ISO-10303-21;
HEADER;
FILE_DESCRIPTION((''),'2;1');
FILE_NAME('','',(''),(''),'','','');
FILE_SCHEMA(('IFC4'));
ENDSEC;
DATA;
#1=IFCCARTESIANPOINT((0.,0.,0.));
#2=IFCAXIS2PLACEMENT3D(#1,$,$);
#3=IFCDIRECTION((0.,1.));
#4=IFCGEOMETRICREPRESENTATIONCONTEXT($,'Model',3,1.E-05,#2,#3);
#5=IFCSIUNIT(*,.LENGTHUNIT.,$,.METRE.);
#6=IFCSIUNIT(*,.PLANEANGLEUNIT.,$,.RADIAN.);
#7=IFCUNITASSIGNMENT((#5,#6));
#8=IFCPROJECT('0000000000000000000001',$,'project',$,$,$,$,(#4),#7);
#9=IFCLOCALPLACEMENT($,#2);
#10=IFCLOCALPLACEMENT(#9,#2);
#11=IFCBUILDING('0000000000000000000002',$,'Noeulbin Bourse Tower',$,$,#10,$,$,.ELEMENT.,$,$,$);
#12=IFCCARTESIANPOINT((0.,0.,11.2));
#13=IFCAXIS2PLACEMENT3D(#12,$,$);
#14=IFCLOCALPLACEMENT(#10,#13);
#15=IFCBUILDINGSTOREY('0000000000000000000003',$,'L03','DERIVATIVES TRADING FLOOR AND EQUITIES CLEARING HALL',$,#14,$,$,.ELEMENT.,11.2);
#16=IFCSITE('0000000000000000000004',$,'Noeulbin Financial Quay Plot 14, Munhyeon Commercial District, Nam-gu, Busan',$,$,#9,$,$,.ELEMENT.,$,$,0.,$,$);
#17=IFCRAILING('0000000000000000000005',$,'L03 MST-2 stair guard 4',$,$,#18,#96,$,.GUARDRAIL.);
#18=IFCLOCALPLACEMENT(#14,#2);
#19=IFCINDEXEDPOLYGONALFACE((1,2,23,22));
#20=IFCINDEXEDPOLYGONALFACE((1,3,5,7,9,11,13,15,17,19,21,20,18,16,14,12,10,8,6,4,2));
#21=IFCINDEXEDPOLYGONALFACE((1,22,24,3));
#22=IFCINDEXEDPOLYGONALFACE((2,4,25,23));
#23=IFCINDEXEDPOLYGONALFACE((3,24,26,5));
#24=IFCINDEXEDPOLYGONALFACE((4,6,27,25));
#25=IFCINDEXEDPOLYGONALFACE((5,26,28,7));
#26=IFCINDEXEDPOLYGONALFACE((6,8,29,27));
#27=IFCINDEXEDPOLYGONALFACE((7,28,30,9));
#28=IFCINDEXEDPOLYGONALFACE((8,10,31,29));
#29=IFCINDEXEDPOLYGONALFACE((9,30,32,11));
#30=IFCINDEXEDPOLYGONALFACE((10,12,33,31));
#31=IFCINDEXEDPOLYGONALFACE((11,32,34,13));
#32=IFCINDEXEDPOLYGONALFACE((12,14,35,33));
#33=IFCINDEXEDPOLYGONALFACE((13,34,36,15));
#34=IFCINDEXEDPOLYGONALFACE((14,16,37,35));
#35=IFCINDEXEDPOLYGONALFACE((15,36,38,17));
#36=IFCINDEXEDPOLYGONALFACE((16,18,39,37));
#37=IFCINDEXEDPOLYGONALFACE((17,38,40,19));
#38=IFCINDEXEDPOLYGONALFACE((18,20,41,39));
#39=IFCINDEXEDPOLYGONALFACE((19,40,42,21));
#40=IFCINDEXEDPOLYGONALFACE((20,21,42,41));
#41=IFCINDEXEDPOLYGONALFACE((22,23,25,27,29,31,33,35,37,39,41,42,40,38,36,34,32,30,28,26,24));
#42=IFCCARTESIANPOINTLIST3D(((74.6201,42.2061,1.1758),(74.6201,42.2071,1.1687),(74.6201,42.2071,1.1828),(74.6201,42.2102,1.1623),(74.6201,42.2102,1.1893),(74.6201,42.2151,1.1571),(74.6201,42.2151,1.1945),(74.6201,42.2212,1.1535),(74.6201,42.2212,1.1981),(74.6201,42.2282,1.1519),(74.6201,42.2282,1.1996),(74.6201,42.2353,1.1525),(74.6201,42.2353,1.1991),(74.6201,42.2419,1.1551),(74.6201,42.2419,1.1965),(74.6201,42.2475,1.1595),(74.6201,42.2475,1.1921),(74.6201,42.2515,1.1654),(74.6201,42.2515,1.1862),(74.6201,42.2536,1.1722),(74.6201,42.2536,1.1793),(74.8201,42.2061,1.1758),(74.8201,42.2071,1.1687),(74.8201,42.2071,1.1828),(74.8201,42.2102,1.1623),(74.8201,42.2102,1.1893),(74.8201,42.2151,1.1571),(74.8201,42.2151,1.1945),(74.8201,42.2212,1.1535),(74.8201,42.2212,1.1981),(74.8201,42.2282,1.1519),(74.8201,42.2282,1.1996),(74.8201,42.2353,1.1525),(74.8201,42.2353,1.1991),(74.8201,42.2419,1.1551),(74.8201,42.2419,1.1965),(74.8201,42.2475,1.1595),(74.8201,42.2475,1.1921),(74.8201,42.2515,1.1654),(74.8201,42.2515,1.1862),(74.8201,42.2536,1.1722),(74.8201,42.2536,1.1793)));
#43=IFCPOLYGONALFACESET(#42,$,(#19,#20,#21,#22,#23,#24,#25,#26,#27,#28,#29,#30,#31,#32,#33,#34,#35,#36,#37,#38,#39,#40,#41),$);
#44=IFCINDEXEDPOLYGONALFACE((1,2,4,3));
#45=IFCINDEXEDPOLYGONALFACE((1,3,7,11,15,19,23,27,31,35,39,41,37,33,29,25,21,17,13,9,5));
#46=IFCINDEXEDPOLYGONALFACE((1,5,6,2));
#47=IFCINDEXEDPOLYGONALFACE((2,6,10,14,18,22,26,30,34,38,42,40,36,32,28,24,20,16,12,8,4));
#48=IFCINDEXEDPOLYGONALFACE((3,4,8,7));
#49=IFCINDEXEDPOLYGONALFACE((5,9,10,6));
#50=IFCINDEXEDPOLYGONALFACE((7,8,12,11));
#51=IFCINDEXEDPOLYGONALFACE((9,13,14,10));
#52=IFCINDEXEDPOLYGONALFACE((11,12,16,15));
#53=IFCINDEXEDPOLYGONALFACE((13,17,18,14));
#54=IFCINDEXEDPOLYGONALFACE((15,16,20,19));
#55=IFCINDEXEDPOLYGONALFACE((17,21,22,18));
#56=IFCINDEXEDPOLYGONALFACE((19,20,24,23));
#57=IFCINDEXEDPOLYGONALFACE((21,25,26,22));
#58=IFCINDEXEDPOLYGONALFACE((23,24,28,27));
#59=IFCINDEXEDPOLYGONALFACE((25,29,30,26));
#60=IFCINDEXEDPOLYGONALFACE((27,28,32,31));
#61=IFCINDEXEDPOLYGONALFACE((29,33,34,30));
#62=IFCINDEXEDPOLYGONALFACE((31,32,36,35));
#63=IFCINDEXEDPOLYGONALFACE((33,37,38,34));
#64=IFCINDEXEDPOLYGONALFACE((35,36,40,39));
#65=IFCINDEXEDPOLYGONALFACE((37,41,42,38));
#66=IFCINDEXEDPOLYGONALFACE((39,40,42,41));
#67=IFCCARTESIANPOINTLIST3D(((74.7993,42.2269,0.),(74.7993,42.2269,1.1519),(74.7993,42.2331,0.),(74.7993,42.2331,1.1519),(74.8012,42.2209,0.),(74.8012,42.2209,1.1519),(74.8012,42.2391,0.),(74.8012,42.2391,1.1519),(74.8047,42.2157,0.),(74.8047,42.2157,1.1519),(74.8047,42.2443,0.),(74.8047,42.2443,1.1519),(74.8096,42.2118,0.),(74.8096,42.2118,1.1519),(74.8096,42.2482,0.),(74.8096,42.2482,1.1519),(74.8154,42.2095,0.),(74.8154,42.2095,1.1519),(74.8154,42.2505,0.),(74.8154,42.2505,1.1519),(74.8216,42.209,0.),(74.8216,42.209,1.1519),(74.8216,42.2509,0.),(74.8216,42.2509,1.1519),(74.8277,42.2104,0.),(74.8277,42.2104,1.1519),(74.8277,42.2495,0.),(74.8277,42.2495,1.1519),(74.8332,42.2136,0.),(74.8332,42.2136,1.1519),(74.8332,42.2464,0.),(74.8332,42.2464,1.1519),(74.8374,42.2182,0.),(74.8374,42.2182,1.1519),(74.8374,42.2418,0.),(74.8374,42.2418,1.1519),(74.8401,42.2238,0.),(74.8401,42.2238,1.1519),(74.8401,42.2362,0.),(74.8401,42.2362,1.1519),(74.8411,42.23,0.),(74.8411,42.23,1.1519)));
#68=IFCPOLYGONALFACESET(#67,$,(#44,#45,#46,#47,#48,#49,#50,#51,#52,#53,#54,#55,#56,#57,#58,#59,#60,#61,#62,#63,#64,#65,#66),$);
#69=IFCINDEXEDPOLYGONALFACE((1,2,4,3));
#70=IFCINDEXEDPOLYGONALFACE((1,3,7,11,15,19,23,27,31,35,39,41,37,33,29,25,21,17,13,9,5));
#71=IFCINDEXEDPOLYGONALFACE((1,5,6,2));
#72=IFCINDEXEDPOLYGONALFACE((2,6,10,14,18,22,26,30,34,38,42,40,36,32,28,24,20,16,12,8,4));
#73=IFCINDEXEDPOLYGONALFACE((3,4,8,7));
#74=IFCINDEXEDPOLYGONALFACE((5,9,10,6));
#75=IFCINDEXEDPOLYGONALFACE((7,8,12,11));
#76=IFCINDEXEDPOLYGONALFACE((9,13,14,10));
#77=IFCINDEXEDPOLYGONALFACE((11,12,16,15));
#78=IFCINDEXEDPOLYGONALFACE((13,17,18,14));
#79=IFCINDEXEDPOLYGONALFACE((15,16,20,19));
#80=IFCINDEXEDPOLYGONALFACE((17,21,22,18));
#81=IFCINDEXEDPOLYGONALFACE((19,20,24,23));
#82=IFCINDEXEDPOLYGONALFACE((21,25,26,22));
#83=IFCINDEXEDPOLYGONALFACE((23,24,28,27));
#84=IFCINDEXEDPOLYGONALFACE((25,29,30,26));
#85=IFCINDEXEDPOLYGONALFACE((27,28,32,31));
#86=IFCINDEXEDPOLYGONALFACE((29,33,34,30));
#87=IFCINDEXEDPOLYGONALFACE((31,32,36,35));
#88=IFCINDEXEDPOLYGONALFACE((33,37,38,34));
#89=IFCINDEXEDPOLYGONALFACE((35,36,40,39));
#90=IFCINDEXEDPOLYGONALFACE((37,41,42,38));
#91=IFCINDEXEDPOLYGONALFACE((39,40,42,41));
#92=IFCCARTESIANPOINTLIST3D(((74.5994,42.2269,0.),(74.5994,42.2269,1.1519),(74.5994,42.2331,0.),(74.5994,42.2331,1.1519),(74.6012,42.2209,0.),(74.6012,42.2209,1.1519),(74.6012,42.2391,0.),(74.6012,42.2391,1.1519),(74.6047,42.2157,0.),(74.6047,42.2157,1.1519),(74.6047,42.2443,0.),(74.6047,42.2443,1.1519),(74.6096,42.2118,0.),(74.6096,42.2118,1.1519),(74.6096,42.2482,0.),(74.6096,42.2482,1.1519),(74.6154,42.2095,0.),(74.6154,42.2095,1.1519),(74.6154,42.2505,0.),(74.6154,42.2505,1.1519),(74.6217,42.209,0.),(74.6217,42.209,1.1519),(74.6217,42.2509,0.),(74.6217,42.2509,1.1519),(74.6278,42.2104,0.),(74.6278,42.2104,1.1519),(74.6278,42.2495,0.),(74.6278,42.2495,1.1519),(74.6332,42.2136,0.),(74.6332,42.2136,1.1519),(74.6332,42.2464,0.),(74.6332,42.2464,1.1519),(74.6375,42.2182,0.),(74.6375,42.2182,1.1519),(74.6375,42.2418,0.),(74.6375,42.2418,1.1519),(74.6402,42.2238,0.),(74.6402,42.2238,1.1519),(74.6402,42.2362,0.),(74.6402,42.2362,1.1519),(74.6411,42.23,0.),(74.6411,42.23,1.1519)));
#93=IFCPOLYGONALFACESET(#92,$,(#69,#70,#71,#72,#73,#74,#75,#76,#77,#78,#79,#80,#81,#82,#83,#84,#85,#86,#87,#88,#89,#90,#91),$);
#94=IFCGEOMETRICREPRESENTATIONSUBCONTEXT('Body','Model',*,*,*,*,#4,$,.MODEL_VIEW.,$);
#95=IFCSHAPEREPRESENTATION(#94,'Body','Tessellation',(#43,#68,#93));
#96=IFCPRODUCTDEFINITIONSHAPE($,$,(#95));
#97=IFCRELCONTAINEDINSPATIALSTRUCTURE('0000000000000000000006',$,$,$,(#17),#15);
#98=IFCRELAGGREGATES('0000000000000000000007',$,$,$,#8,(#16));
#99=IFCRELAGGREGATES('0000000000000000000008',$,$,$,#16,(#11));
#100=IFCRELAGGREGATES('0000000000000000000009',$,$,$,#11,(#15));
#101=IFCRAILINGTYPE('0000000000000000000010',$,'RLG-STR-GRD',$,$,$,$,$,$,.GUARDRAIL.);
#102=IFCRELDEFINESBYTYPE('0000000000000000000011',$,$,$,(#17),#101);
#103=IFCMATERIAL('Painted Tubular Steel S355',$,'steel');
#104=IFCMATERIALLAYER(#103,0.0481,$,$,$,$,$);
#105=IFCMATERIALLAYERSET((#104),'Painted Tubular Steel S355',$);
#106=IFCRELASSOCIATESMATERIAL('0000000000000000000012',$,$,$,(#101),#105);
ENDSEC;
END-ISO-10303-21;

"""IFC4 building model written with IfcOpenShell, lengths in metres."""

from ifc_helpers import new_model, si_unit, direction, frame, origin, origin_2d, place, context, subcontext, project, spatial, circle, extrude, material, layer, layer_set, type_object, element, save


model = new_model("IFC4")

# Units and contexts
model_context = context("Model", 3, precision=1e-05, world=origin(), true_north=direction((0.0, 1.0)))
body_context = subcontext(model_context, "Body", "Model", "MODEL_VIEW")
ifc_project = project(units=[si_unit("LENGTHUNIT", "METRE"), si_unit("PLANEANGLEUNIT", "RADIAN")], contexts=[model_context])

# Site, building, storey
site_placement = place(None, origin())
site = spatial("IfcSite", under=ifc_project, at=site_placement, Name="Noeulbin Financial Quay Plot 14, Munhyeon Commercial District, Nam-gu, Busan", CompositionType="ELEMENT", RefElevation=0.0)
building_placement = place(site_placement, origin())
building = spatial("IfcBuilding", under=site, at=building_placement, Name="Noeulbin Bourse Tower", CompositionType="ELEMENT")
storey_placement = place(building_placement, frame((0.0, 0.0, 11.2)))
storey = spatial("IfcBuildingStorey", under=building, at=storey_placement, Name="L03", Description="DERIVATIVES TRADING FLOOR AND EQUITIES CLEARING HALL", CompositionType="ELEMENT", Elevation=11.2)

# Railing
ifc_material_1 = material(Name="Painted Tubular Steel S355", Category="steel")
ifc_layer_1 = layer(ifc_material_1, 0.0481)
ifc_layer_set_1 = layer_set([ifc_layer_1], Name="Painted Tubular Steel S355")
railing_type_1 = type_object("IfcRailingType", Name="RLG-STR-GRD", PredefinedType="GUARDRAIL", material=ifc_layer_set_1)
railing_1_placement = place(storey_placement, frame((74.8201, 42.23, 0.0)))
element("IfcRailing", 1, at=railing_1_placement, inside=storey, type_object=railing_type_1, Name="L03 MST-2 stair guard 4", PredefinedType="GUARDRAIL", context=body_context, shape_type="SweptSolid", body=[
    extrude(circle(Radius=0.0239, at=origin_2d()), frame((0.0, 0.0, 1.1758), z_axis=(-1.0, 0.0, 0.0), x_axis=(0.0, -1.0, 0.0)), (0.0, 0.0, 1.0), 0.2),
    extrude(circle(Radius=0.021, at=origin_2d()), origin(), (0.0, 0.0, 1.0), 1.1519),
    extrude(circle(Radius=0.021, at=origin_2d()), frame((-0.2, 0.0, 0.0)), (0.0, 0.0, 1.0), 1.1519),
])

save(model, "model.ifc")
